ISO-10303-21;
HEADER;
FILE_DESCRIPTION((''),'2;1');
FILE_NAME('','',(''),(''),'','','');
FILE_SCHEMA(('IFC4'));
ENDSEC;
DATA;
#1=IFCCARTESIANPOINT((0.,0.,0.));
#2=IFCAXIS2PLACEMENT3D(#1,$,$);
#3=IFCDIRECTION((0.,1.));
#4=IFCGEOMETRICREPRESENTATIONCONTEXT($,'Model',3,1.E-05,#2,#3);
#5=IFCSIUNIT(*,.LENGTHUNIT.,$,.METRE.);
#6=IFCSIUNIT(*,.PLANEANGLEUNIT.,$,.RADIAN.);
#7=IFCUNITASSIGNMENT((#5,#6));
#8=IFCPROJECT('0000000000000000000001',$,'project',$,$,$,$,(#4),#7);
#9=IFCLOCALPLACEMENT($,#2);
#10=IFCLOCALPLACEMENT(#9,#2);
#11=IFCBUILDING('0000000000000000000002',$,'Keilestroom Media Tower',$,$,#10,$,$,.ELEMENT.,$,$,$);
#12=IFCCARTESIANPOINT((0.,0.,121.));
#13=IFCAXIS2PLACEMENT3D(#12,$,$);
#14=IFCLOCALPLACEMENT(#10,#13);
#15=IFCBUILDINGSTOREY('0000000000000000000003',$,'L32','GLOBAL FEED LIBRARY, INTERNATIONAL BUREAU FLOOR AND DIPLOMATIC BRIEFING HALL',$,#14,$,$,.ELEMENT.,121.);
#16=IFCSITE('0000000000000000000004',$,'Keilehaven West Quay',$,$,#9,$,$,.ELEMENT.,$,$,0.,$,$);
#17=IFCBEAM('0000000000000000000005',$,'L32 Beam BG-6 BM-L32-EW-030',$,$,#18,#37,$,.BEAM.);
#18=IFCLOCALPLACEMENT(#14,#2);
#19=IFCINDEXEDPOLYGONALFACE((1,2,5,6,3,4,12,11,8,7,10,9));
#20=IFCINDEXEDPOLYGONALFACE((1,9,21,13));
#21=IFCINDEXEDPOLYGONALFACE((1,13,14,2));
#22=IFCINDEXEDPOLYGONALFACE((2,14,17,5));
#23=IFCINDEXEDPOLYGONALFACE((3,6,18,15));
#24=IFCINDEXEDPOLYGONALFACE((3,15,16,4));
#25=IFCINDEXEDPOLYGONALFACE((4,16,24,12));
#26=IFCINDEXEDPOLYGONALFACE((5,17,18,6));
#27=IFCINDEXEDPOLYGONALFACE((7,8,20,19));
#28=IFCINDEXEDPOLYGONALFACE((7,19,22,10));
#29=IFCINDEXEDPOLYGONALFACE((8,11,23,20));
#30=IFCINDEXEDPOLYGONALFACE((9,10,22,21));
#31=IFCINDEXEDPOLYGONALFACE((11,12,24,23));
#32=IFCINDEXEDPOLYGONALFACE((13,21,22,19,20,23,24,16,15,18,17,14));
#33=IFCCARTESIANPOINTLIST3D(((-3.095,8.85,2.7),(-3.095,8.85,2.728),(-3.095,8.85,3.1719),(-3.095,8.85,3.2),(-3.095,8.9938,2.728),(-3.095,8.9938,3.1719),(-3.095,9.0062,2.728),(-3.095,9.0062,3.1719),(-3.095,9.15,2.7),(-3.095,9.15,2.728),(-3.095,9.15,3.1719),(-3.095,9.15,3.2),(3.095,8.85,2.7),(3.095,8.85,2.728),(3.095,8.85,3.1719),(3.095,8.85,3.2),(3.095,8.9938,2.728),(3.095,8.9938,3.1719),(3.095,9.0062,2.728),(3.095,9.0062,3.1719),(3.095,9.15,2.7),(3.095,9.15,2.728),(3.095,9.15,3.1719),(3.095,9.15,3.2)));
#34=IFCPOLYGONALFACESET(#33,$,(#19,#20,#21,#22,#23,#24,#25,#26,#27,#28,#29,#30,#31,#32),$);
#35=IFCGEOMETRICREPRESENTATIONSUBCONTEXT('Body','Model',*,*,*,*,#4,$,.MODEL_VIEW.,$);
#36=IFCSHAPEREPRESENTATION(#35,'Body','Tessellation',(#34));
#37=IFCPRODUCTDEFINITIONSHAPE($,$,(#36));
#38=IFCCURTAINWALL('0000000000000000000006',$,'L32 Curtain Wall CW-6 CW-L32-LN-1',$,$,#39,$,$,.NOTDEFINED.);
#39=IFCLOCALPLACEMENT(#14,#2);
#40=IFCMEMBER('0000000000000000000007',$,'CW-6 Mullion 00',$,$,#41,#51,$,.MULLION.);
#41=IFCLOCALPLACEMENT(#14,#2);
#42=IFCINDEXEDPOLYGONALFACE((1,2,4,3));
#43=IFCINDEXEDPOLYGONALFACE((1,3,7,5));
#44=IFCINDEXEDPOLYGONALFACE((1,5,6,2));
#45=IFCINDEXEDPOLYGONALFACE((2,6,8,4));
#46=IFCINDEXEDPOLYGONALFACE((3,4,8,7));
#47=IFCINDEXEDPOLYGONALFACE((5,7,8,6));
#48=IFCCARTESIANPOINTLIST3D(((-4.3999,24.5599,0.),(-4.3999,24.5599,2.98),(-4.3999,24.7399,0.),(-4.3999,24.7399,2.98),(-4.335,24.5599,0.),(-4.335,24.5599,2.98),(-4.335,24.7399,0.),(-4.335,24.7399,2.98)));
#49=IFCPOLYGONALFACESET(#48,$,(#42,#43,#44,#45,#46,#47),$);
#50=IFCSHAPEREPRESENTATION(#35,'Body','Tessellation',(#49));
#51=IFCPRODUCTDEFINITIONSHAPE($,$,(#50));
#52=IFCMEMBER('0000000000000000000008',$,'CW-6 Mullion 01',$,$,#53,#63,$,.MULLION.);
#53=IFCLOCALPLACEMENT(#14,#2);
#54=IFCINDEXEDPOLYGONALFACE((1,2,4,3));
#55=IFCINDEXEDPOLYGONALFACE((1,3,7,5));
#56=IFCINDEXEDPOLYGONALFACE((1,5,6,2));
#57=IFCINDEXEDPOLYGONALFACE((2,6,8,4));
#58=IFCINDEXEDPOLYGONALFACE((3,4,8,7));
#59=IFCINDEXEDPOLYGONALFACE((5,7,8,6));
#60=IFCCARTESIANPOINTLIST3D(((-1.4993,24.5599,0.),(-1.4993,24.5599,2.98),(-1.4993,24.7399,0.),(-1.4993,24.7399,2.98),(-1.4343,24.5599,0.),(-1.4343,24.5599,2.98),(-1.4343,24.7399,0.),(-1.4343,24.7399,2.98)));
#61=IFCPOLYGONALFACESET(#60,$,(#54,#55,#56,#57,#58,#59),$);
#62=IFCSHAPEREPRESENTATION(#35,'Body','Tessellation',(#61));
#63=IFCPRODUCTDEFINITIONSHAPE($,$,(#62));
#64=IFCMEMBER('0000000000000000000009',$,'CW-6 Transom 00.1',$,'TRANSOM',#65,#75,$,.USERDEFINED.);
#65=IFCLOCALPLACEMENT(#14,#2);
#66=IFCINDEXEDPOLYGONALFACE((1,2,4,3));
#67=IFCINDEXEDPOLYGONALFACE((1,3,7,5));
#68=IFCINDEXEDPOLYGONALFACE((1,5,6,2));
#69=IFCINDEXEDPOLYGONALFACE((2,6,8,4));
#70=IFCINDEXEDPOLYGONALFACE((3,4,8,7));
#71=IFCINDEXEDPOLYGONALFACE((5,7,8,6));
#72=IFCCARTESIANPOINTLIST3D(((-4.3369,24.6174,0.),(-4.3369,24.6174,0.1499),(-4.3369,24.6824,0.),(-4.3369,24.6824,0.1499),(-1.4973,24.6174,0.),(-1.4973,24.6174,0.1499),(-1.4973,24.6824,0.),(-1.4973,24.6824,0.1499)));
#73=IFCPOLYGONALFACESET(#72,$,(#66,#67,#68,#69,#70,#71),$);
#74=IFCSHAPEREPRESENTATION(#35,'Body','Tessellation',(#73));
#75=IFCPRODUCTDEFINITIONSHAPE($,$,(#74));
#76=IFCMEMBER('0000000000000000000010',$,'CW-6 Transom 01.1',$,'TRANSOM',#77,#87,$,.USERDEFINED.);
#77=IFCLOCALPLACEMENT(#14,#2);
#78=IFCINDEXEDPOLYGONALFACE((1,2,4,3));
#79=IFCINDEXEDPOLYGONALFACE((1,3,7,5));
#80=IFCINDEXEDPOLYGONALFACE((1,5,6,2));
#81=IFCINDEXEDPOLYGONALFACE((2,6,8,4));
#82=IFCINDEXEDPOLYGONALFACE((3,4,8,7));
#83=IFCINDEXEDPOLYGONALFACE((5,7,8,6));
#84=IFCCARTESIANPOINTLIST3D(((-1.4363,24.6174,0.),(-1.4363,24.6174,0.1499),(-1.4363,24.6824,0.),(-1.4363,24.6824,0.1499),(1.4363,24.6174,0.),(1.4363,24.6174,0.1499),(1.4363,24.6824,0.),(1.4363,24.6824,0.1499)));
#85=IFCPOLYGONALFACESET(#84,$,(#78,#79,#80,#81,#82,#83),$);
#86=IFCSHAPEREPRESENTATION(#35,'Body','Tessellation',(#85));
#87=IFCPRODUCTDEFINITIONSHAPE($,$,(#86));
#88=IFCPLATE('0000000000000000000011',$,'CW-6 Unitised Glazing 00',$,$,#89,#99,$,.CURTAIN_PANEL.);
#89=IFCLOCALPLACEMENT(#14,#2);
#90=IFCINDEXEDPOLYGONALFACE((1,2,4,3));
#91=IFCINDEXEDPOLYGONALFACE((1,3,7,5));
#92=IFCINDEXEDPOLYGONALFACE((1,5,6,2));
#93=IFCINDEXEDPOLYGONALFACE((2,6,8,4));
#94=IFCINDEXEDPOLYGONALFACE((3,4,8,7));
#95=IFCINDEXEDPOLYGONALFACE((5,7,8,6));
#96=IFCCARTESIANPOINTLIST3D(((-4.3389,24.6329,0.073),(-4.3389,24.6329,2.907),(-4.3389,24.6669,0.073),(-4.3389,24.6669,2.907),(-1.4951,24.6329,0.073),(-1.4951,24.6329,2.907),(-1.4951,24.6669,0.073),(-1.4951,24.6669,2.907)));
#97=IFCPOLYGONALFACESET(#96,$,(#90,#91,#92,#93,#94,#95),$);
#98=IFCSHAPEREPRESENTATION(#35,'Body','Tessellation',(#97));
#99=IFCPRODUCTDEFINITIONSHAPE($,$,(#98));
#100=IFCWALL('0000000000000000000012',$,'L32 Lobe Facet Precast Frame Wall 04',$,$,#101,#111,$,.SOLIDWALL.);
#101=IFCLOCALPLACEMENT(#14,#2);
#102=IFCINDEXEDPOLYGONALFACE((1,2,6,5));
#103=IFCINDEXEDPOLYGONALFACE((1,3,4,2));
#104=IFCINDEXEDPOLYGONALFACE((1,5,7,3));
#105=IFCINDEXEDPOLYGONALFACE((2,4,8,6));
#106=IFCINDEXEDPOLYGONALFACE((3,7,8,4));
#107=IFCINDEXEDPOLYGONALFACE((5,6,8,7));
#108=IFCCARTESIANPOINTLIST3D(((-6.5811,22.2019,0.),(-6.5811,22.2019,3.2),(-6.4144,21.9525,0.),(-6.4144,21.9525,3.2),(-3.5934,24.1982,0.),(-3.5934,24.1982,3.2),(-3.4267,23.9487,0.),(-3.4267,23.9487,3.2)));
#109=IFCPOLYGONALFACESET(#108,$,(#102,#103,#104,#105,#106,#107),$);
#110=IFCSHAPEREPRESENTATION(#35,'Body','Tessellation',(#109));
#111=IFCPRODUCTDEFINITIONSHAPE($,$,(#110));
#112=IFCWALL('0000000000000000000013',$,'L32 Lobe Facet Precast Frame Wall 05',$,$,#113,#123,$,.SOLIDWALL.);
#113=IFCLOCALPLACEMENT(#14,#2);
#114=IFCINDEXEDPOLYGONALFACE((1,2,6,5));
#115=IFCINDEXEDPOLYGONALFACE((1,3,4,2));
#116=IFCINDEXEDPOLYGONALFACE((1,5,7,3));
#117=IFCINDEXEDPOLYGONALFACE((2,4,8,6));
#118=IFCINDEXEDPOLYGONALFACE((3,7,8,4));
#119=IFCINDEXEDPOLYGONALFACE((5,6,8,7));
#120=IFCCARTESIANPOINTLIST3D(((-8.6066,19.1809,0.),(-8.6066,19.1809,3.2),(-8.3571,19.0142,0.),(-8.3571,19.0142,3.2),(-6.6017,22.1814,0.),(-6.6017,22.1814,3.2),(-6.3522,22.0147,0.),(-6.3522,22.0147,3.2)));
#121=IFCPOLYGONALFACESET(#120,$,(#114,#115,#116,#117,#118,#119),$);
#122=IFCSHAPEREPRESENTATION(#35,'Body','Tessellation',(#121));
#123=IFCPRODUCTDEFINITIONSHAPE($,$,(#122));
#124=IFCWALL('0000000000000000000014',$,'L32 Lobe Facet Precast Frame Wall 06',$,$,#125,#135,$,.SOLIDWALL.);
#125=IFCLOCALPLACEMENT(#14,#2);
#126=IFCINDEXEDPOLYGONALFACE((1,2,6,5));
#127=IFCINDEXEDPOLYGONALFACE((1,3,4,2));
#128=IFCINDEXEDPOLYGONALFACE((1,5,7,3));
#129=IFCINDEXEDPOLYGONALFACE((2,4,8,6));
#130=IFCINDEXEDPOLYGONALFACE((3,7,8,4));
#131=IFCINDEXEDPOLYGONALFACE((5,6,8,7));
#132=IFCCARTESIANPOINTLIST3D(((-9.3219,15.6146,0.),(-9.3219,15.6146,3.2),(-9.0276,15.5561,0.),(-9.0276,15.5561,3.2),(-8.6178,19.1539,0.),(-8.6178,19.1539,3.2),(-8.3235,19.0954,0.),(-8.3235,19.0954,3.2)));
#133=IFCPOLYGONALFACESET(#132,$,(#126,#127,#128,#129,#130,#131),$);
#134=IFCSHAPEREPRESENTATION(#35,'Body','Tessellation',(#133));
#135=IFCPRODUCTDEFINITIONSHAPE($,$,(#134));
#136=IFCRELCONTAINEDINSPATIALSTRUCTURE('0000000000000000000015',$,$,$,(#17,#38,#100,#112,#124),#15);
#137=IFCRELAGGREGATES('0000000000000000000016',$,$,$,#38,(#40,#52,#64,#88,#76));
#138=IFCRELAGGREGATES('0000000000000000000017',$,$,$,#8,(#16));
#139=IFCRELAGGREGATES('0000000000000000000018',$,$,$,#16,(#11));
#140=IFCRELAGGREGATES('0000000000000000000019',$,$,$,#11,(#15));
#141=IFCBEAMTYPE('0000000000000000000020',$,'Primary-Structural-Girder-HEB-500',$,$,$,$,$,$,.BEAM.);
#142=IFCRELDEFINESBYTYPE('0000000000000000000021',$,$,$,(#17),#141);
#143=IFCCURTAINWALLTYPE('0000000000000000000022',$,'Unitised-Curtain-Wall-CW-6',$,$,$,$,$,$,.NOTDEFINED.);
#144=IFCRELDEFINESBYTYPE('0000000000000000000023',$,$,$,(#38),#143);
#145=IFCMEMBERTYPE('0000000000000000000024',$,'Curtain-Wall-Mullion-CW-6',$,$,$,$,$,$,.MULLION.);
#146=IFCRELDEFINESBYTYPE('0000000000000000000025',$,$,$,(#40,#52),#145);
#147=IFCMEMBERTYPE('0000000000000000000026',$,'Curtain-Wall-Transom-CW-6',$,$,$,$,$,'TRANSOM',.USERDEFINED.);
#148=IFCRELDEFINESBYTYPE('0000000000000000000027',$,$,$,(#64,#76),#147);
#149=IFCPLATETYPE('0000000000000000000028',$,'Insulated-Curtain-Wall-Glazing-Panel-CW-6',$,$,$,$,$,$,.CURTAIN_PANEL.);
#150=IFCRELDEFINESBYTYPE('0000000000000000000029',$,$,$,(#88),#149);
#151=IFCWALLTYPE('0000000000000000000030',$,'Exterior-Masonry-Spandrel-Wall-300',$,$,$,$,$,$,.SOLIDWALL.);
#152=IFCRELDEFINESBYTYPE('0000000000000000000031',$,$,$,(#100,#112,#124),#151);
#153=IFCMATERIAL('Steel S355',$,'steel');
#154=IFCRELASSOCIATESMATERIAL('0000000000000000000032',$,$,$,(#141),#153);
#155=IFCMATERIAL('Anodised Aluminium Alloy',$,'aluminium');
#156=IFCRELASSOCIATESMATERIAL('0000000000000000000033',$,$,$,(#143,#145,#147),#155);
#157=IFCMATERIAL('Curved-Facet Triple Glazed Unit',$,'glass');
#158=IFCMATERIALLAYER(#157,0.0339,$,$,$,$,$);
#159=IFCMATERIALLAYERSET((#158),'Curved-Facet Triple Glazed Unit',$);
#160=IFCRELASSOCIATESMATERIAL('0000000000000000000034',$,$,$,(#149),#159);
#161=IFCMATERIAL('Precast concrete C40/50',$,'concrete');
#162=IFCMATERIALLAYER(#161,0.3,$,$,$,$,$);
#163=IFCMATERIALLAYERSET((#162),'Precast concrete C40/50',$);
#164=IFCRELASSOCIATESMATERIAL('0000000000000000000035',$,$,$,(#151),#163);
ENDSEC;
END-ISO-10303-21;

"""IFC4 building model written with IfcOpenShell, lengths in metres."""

from ifc_helpers import new_model, si_unit, direction, frame, frame_2d, origin, origin_2d, place, context, subcontext, project, spatial, rectangle, i_section, extrude, source, transform, mapped, material, layer, layer_set, material_profile, profile_set, type_object, element, aggregate, save


model = new_model("IFC4")

# Units and contexts
model_context = context("Model", 3, precision=1e-05, world=origin(), true_north=direction((0.0, 1.0)))
body_context = subcontext(model_context, "Body", "Model", "MODEL_VIEW")
ifc_project = project(units=[si_unit("LENGTHUNIT", "METRE"), si_unit("PLANEANGLEUNIT", "RADIAN")], contexts=[model_context])

# Site, building, storey
site_placement = place(None, origin())
site = spatial("IfcSite", under=ifc_project, at=site_placement, Name="Keilehaven West Quay", CompositionType="ELEMENT", RefElevation=0.0)
building_placement = place(site_placement, origin())
building = spatial("IfcBuilding", under=site, at=building_placement, Name="Keilestroom Media Tower", CompositionType="ELEMENT")
storey_placement = place(building_placement, frame((0.0, 0.0, 121.0)))
storey = spatial("IfcBuildingStorey", under=building, at=storey_placement, Name="L32", Description="GLOBAL FEED LIBRARY, INTERNATIONAL BUREAU FLOOR AND DIPLOMATIC BRIEFING HALL", CompositionType="ELEMENT", Elevation=121.0)

# Shared definitions
ifc_material_1 = material(Name="Steel S355", Category="steel")

# Beam
ifc_material_profile_1 = material_profile(ifc_material_1, i_section(OverallWidth=0.3, OverallDepth=0.5, WebThickness=0.0125, FlangeThickness=0.0281, at=origin_2d()), Name="HEB 500")
ifc_profile_set_1 = profile_set([ifc_material_profile_1], Name="Steel S355")
beam_type = type_object("IfcBeamType", Name="Primary-Structural-Girder-HEB-500", PredefinedType="BEAM", material=ifc_profile_set_1)
shared_shape_1 = source(origin(), body_context, "Body", "SweptSolid", [
    extrude(i_section(OverallWidth=0.3, OverallDepth=0.5, WebThickness=0.0125, FlangeThickness=0.0281, at=origin_2d()), origin(), (0.0, 0.0, 1.0), 6.1899),
])
beam_1_placement = place(storey_placement, frame((-3.095, 9.0, 2.95), z_axis=(1.0, 0.0, 0.0), x_axis=(0.0, 1.0, 0.0)))
element("IfcBeam", 1, at=beam_1_placement, inside=storey, type_object=beam_type, Name="L32 Beam BG-6 BM-L32-EW-030", PredefinedType="BEAM", context=body_context, shape_type="MappedRepresentation", body=[
    mapped(shared_shape_1, transform((0.0, 0.0, 0.0), x_axis=(1.0, 0.0, 0.0), y_axis=(0.0, 1.0, 0.0), z_axis=(0.0, 0.0, 1.0), scale=1.0)),
])

# Curtain wall, members, plate
ifc_material_2 = material(Name="Anodised Aluminium Alloy", Category="aluminium")
curtain_wall_type = type_object("IfcCurtainWallType", Name="Unitised-Curtain-Wall-CW-6", PredefinedType="NOTDEFINED", material=ifc_material_2)
curtain_wall_placement = place(storey_placement, origin())
curtain_wall = element("IfcCurtainWall", 2, at=curtain_wall_placement, inside=storey, type_object=curtain_wall_type, Name="L32 Curtain Wall CW-6 CW-L32-LN-1", PredefinedType="NOTDEFINED")
ifc_material_profile_2 = material_profile(ifc_material_2, rectangle(XDim=0.0649, YDim=0.1799, at=origin_2d()), Name="ALU MULLION 65x180")
ifc_profile_set_2 = profile_set([ifc_material_profile_2], Name="Anodised Aluminium Alloy")
member_type_1 = type_object("IfcMemberType", Name="Curtain-Wall-Mullion-CW-6", PredefinedType="MULLION", material=ifc_profile_set_2)
shared_shape_2 = source(origin(), body_context, "Body", "SweptSolid", [
    extrude(rectangle(XDim=0.0649, YDim=0.1799, at=origin_2d()), origin(), (0.0, 0.0, 1.0), 2.98),
])
member_1_placement = place(storey_placement, frame((-4.3674, 24.6499, 0.0), z_axis=(0.0, 0.0, 1.0), x_axis=(1.0, 0.0, 0.0)))
member_1 = element("IfcMember", 3, at=member_1_placement, type_object=member_type_1, Name="CW-6 Mullion 00", PredefinedType="MULLION", context=body_context, shape_type="MappedRepresentation", body=[
    mapped(shared_shape_2, transform((0.0, 0.0, 0.0), x_axis=(1.0, 0.0, 0.0), y_axis=(0.0, 1.0, 0.0), z_axis=(0.0, 0.0, 1.0), scale=1.0)),
])
member_2_placement = place(storey_placement, frame((-1.4668, 24.6499, 0.0), z_axis=(0.0, 0.0, 1.0), x_axis=(1.0, 0.0, 0.0)))
member_2 = element("IfcMember", 4, at=member_2_placement, type_object=member_type_1, Name="CW-6 Mullion 01", PredefinedType="MULLION", context=body_context, shape_type="MappedRepresentation", body=[
    mapped(shared_shape_2, transform((0.0, 0.0, 0.0), x_axis=(1.0, 0.0, 0.0), y_axis=(0.0, 1.0, 0.0), z_axis=(0.0, 0.0, 1.0), scale=1.0)),
])
ifc_material_profile_3 = material_profile(ifc_material_2, rectangle(XDim=0.0649, YDim=0.1499, at=origin_2d()), Name="ALU TRANSOM 65x150")
ifc_profile_set_3 = profile_set([ifc_material_profile_3], Name="Anodised Aluminium Alloy")
member_type_2 = type_object("IfcMemberType", Name="Curtain-Wall-Transom-CW-6", ElementType="TRANSOM", PredefinedType="USERDEFINED", material=ifc_profile_set_3)
shared_shape_3 = source(origin(), body_context, "Body", "SweptSolid", [
    extrude(rectangle(XDim=0.0649, YDim=0.1499, at=origin_2d()), origin(), (0.0, 0.0, 1.0), 2.8396),
])
member_3_placement = place(storey_placement, frame((-4.3369, 24.6499, 0.075), z_axis=(1.0, 0.0, 0.0), x_axis=(0.0, 1.0, 0.0)))
member_3 = element("IfcMember", 5, at=member_3_placement, type_object=member_type_2, Name="CW-6 Transom 00.1", ObjectType="TRANSOM", PredefinedType="USERDEFINED", context=body_context, shape_type="MappedRepresentation", body=[
    mapped(shared_shape_3, transform((0.0, 0.0, 0.0), x_axis=(1.0, 0.0, 0.0), y_axis=(0.0, 1.0, 0.0), z_axis=(0.0, 0.0, 1.0), scale=1.0)),
])
shared_shape_4 = source(origin(), body_context, "Body", "SweptSolid", [
    extrude(rectangle(XDim=0.0649, YDim=0.1499, at=origin_2d()), origin(), (0.0, 0.0, 1.0), 2.8726),
])
member_4_placement = place(storey_placement, frame((-1.4363, 24.6499, 0.075), z_axis=(1.0, 0.0, 0.0), x_axis=(0.0, 1.0, 0.0)))
member_4 = element("IfcMember", 6, at=member_4_placement, type_object=member_type_2, Name="CW-6 Transom 01.1", ObjectType="TRANSOM", PredefinedType="USERDEFINED", context=body_context, shape_type="MappedRepresentation", body=[
    mapped(shared_shape_4, transform((0.0, 0.0, 0.0), x_axis=(1.0, 0.0, 0.0), y_axis=(0.0, 1.0, 0.0), z_axis=(0.0, 0.0, 1.0), scale=1.0)),
])
ifc_material_3 = material(Name="Curved-Facet Triple Glazed Unit", Category="glass")
ifc_layer_1 = layer(ifc_material_3, 0.0339)
ifc_layer_set_1 = layer_set([ifc_layer_1], Name="Curved-Facet Triple Glazed Unit")
plate_type = type_object("IfcPlateType", Name="Insulated-Curtain-Wall-Glazing-Panel-CW-6", PredefinedType="CURTAIN_PANEL", material=ifc_layer_set_1)
shared_shape_5 = source(origin(), body_context, "Body", "SweptSolid", [
    extrude(rectangle(XDim=2.8438, YDim=0.0339, at=origin_2d()), origin(), (0.0, 0.0, 1.0), 2.834),
])
plate_placement = place(storey_placement, frame((-2.917, 24.6499, 0.073), z_axis=(0.0, 0.0, 1.0), x_axis=(1.0, 0.0, 0.0)))
plate = element("IfcPlate", 7, at=plate_placement, type_object=plate_type, Name="CW-6 Unitised Glazing 00", PredefinedType="CURTAIN_PANEL", context=body_context, shape_type="MappedRepresentation", body=[
    mapped(shared_shape_5, transform((0.0, 0.0, 0.0), x_axis=(1.0, 0.0, 0.0), y_axis=(0.0, 1.0, 0.0), z_axis=(0.0, 0.0, 1.0), scale=1.0)),
])
aggregate(curtain_wall, [member_1, member_2, member_3, plate, member_4])

# Walls
ifc_material_4 = material(Name="Precast concrete C40/50", Category="concrete")
ifc_layer_2 = layer(ifc_material_4, 0.3)
ifc_layer_set_2 = layer_set([ifc_layer_2], Name="Precast concrete C40/50")
wall_type_1 = type_object("IfcWallType", Name="Exterior-Masonry-Spandrel-Wall-300", PredefinedType="SOLIDWALL", material=ifc_layer_set_2)
wall_1_placement = place(storey_placement, frame((-3.51, 24.0735, 0.0), z_axis=(0.0, 0.0, 1.0), x_axis=(-0.831475, -0.555562, 0.0)))
element("IfcWall", 8, at=wall_1_placement, inside=storey, type_object=wall_type_1, Name="L32 Lobe Facet Precast Frame Wall 04", PredefinedType="SOLIDWALL", context=body_context, shape_type="SweptSolid", body=[
    extrude(rectangle(XDim=3.5933, YDim=0.3, at=frame_2d((1.7966, 0.0))), origin(), (0.0, 0.0, 1.0), 3.2),
])
for number, where, z_axis, x_axis, name in (
    (9, (-6.4771, 22.0979, 0.0), (0.0, 0.0, 1.0), (-0.555574, -0.831467, 0.0), "L32 Lobe Facet Precast Frame Wall 05"),
    (10, (-8.4707, 19.1245, 0.0), (0.0, 0.0, 1.0), (-0.195114, -0.980781, 0.0), "L32 Lobe Facet Precast Frame Wall 06"),
):
    element("IfcWall", number, at=place(storey_placement, frame(where, z_axis=z_axis, x_axis=x_axis)), inside=storey, type_object=wall_type_1, Name=name, PredefinedType="SOLIDWALL", context=body_context, shape_type="SweptSolid", body=[
        extrude(rectangle(XDim=3.6086, YDim=0.3, at=frame_2d((1.8042, 0.0))), origin(), (0.0, 0.0, 1.0), 3.2),
    ])

save(model, "model.ifc")
